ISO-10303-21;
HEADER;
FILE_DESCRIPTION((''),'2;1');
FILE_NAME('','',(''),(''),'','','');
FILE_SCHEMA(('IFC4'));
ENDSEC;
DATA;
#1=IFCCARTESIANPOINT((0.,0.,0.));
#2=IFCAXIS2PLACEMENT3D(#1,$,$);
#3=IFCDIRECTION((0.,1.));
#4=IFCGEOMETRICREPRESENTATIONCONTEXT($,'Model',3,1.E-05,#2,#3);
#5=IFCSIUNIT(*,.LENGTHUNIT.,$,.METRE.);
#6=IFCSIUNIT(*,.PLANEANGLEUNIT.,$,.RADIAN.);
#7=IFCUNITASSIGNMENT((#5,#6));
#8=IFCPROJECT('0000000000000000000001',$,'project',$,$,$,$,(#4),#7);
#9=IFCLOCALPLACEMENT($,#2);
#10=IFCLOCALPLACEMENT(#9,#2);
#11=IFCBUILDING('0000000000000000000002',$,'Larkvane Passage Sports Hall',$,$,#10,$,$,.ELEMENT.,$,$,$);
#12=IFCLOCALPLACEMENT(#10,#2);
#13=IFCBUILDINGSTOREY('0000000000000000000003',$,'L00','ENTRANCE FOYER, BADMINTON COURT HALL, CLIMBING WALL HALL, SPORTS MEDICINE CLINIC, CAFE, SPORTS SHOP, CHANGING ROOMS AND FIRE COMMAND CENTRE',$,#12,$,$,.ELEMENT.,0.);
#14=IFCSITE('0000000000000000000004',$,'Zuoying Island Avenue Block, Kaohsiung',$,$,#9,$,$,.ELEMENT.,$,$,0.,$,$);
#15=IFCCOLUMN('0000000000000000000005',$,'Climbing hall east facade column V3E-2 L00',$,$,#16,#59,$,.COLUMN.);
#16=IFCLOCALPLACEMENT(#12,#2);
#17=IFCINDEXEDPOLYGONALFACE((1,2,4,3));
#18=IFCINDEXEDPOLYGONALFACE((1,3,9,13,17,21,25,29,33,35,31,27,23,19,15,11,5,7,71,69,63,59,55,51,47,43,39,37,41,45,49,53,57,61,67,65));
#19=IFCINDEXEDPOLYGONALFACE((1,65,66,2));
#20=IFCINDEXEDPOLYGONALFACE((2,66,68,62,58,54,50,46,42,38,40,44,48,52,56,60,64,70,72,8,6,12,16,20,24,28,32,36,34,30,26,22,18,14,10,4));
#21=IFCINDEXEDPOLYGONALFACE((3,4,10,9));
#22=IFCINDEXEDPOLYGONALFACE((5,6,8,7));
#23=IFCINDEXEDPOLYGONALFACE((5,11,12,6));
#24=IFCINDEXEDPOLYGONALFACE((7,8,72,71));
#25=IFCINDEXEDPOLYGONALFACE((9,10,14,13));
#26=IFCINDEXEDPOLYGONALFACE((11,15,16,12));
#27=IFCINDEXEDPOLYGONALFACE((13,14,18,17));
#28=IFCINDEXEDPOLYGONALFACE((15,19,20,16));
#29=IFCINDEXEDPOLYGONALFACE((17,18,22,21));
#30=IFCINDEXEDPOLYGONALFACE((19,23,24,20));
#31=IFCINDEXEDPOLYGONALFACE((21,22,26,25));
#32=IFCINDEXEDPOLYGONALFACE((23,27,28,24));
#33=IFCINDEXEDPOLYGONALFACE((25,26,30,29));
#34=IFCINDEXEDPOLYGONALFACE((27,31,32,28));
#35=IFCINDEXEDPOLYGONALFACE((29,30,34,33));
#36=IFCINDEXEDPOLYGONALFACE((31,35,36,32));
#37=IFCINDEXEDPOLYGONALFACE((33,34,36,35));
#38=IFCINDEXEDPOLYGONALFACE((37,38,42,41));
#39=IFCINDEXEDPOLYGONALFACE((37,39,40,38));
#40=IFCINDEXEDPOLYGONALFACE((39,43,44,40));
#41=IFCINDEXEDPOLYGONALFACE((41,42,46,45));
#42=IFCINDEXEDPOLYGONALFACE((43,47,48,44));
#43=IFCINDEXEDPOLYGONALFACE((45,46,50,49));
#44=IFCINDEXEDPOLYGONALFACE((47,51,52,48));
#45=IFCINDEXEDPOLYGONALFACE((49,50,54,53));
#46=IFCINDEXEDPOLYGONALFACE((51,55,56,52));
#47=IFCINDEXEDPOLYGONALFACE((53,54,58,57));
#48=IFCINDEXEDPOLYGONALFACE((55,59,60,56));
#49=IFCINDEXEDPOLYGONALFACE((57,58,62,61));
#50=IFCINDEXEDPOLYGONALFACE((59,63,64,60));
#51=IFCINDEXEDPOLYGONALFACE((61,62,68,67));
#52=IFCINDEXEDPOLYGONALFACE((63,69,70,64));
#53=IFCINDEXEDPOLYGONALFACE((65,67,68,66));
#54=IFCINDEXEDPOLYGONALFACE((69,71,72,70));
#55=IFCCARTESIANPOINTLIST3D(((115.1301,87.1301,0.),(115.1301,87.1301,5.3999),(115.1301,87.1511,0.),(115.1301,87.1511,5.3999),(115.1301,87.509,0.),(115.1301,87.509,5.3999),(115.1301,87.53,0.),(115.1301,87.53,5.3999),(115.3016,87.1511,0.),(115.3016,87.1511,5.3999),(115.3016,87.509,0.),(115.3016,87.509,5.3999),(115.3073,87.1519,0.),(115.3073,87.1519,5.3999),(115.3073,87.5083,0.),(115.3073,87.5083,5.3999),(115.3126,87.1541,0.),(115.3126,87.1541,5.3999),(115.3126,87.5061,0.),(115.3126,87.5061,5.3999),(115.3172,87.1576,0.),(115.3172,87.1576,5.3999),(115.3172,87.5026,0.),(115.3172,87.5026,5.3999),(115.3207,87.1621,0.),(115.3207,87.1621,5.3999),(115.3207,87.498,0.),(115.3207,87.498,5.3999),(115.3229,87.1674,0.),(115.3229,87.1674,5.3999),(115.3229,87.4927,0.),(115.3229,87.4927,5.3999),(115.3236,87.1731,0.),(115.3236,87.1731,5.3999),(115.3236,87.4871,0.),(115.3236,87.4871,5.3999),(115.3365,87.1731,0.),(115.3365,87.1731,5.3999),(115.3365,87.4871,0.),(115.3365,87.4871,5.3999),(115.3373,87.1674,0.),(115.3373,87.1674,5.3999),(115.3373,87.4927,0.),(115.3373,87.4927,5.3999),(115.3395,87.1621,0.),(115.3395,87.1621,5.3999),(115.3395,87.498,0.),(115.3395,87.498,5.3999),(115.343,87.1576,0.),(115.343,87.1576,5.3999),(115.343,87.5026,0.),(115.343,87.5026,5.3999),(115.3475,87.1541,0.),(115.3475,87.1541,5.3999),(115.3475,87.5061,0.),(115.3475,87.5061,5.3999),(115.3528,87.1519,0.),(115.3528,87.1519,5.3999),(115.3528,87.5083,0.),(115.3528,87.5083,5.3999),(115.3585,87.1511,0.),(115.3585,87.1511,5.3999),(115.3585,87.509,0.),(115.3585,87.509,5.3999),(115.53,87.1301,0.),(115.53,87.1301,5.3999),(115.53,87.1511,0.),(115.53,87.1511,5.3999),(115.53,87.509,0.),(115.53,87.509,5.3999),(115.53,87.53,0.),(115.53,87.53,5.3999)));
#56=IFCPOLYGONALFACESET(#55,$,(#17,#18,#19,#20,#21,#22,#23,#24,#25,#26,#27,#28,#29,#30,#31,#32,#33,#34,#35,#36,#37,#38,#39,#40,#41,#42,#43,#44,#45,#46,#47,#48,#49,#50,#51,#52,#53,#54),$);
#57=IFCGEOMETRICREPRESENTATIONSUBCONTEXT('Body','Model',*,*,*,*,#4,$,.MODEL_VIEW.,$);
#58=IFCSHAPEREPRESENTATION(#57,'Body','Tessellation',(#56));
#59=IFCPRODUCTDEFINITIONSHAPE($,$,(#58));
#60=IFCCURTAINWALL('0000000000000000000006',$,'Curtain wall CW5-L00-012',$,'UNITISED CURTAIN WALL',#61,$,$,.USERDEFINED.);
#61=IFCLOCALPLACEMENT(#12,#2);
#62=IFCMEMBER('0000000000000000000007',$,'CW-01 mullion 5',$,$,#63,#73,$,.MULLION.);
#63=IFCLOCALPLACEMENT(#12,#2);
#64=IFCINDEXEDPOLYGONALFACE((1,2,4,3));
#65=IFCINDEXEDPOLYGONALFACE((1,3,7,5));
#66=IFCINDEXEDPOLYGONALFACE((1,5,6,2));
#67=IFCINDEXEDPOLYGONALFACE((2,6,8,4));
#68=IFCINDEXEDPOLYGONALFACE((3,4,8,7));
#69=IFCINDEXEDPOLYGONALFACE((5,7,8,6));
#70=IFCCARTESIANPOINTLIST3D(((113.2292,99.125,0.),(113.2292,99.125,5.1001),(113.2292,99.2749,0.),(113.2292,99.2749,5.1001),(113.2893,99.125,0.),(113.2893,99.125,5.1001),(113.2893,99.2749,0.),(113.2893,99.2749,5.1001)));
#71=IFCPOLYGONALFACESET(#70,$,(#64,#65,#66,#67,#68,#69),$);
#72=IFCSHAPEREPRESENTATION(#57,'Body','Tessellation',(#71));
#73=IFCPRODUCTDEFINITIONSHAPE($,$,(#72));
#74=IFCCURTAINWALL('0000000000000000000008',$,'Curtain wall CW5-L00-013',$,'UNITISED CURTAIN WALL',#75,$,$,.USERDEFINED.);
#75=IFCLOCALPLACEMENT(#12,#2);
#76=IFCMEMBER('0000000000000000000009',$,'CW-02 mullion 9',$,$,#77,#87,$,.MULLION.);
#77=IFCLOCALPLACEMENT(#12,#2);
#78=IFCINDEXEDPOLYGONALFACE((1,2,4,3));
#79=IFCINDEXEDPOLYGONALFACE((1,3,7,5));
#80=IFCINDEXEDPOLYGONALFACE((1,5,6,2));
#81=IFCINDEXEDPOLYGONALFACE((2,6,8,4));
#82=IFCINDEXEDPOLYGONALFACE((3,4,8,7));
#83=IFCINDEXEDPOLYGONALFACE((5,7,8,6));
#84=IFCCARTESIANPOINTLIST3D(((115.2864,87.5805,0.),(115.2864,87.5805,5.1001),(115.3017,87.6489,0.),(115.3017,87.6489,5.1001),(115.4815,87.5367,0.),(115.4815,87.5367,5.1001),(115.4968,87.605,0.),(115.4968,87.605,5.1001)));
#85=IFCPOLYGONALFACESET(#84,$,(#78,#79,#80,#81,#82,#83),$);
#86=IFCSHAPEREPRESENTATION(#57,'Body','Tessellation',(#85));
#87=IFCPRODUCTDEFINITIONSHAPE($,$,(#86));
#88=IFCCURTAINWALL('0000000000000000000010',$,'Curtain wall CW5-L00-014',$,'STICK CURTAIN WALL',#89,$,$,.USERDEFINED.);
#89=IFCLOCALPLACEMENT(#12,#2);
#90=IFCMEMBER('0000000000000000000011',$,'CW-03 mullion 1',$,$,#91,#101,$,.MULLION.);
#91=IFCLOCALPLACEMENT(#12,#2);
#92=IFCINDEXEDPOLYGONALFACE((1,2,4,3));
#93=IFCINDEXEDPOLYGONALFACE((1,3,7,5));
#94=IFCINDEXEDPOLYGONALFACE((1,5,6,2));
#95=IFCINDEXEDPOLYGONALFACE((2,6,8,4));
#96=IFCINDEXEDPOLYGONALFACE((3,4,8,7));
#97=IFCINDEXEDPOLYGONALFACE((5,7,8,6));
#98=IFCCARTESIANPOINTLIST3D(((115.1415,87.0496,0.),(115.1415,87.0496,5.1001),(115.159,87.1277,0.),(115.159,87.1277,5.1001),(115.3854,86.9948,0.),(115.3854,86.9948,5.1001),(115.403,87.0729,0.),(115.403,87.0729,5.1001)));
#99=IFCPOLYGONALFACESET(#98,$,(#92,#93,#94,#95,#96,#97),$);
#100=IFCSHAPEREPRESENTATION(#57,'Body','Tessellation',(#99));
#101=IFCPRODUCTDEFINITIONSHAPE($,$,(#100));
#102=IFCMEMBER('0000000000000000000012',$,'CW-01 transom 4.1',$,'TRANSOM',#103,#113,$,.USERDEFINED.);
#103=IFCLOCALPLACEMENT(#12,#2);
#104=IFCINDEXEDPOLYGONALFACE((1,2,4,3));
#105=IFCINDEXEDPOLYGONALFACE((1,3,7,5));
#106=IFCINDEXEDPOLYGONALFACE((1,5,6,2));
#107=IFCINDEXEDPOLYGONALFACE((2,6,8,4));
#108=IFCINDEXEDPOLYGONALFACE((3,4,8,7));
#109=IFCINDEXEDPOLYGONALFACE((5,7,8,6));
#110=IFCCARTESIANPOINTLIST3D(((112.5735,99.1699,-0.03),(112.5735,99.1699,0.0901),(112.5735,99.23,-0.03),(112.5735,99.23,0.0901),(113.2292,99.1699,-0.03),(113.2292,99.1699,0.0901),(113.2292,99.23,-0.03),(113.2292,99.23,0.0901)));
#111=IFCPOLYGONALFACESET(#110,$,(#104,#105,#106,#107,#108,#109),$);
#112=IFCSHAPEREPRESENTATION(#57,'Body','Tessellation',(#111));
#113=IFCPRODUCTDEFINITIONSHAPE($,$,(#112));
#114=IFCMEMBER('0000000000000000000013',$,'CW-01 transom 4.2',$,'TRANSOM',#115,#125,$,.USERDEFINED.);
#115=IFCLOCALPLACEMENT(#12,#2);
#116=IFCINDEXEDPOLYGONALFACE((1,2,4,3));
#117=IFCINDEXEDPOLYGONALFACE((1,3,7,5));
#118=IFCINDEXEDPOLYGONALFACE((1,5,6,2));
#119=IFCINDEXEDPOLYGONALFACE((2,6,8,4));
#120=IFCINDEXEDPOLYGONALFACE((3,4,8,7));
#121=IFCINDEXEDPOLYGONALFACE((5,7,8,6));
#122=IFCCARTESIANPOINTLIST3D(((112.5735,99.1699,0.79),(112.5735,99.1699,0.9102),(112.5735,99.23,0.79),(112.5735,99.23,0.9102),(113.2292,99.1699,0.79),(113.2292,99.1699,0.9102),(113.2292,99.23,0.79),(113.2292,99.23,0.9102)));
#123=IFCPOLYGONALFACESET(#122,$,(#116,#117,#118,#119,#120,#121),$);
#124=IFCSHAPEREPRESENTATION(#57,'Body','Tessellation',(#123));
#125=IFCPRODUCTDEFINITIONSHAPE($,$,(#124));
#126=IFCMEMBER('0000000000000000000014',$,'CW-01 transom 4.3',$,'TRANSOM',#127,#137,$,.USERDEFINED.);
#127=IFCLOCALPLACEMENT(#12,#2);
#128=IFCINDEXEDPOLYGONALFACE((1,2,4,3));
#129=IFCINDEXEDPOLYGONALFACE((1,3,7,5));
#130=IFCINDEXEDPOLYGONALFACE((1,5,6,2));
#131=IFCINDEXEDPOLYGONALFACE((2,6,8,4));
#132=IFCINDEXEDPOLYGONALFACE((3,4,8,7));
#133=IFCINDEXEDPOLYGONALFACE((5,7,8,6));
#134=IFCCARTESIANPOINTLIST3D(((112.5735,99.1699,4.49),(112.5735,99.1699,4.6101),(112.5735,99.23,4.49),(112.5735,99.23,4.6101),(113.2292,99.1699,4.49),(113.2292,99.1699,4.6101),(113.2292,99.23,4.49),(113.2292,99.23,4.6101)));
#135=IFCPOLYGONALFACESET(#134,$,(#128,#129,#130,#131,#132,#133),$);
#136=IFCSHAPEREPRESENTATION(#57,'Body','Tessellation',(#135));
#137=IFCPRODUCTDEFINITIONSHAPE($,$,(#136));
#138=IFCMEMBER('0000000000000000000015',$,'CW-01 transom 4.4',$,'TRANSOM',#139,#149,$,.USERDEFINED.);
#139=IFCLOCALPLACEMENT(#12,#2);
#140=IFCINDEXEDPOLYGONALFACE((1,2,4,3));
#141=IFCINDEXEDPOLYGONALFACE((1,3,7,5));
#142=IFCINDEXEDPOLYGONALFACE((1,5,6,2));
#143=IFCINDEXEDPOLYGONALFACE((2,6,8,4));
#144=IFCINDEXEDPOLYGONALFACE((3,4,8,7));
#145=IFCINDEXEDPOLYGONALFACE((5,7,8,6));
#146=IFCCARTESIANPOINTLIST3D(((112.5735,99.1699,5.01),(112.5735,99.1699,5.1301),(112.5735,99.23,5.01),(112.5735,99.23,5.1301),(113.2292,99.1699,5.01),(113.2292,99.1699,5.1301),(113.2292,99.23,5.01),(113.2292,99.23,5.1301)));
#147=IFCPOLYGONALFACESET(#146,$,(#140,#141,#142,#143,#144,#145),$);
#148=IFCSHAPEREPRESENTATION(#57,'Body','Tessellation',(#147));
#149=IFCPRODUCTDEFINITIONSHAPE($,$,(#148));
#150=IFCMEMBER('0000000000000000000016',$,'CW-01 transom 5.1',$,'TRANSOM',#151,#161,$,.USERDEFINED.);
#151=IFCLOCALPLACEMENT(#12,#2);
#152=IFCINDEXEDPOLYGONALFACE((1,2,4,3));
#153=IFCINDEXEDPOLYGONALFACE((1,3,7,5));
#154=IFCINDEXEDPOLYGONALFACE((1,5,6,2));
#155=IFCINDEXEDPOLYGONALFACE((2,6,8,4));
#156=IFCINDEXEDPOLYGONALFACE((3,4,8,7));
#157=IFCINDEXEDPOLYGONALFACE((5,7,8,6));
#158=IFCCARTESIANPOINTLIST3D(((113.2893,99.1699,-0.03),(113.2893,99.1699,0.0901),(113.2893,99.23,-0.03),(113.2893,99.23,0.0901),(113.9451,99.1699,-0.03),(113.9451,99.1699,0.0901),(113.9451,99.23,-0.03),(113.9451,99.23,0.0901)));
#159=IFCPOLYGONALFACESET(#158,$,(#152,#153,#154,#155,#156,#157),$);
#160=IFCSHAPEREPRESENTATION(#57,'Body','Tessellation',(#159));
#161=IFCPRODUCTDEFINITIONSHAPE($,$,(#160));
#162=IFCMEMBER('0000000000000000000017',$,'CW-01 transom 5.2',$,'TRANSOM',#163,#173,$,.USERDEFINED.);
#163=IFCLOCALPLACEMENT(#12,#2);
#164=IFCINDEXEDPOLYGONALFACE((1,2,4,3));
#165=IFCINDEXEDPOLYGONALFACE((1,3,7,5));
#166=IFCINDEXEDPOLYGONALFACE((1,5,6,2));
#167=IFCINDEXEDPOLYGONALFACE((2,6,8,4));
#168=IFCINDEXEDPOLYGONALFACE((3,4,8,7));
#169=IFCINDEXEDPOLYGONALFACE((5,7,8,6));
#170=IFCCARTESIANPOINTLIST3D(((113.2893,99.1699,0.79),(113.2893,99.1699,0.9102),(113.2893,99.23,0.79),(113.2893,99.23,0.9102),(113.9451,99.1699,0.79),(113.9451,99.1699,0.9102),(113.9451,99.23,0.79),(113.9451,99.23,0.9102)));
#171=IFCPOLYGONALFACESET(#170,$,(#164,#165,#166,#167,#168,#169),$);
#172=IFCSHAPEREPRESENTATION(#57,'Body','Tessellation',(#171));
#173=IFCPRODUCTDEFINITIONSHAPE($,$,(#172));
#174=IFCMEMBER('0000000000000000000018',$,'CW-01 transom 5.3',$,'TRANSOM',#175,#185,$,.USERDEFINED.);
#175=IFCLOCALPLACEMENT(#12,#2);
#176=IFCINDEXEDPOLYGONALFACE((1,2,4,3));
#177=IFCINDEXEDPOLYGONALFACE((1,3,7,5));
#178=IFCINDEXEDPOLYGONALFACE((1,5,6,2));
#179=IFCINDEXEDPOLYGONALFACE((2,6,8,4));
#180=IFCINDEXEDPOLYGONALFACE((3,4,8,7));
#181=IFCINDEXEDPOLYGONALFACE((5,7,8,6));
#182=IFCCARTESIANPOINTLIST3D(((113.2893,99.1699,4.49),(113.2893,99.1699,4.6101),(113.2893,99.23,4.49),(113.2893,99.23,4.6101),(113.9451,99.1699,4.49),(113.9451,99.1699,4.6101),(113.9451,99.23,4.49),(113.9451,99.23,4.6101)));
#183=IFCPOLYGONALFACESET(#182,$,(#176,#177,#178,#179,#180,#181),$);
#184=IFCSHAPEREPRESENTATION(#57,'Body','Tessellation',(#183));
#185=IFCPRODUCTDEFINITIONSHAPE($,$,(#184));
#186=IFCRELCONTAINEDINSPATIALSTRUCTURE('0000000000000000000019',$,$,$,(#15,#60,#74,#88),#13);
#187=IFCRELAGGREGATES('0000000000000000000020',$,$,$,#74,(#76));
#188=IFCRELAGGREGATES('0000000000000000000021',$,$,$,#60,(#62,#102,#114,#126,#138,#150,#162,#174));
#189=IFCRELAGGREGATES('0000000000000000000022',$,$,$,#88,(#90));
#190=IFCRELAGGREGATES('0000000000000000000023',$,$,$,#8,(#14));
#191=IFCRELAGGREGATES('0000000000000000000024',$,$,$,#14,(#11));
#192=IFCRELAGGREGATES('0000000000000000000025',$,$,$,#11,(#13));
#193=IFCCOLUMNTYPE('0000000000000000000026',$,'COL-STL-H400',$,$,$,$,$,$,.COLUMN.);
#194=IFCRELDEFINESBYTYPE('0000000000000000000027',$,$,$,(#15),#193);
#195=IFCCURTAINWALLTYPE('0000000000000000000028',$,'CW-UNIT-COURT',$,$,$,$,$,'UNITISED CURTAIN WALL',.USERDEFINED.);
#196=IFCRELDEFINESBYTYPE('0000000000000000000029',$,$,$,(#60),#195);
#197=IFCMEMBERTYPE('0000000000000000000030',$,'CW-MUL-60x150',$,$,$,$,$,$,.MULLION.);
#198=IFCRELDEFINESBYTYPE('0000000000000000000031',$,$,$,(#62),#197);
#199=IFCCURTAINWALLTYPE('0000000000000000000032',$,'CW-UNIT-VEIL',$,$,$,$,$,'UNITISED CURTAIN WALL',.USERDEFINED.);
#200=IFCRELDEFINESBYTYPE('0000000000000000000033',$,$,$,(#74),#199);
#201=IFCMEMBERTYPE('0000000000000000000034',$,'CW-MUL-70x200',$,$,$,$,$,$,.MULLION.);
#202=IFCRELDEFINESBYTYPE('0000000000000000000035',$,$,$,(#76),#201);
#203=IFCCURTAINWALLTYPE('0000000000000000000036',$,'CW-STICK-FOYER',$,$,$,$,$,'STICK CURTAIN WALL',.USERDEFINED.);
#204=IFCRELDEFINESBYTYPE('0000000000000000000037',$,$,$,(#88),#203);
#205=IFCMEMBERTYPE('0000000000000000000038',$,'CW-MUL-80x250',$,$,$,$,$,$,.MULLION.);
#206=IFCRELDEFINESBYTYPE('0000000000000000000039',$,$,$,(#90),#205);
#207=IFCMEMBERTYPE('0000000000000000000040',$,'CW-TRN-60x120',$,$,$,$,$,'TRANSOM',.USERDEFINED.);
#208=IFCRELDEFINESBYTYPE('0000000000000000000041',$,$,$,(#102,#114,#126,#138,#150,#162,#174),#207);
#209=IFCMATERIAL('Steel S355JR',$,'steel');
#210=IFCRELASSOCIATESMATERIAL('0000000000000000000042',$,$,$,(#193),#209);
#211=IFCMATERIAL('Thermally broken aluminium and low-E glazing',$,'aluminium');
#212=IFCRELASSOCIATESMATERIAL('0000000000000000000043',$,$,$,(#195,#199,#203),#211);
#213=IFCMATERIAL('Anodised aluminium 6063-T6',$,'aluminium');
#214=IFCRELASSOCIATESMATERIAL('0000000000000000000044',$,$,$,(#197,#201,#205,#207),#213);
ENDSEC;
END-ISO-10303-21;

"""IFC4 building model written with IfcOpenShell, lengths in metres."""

from ifc_helpers import new_model, si_unit, direction, frame, origin, origin_2d, place, context, subcontext, project, spatial, rectangle, i_section, extrude, material, material_profile, profile_set, type_object, element, aggregate, save


model = new_model("IFC4")

# Units and contexts
model_context = context("Model", 3, precision=1e-05, world=origin(), true_north=direction((0.0, 1.0)))
body_context = subcontext(model_context, "Body", "Model", "MODEL_VIEW")
ifc_project = project(units=[si_unit("LENGTHUNIT", "METRE"), si_unit("PLANEANGLEUNIT", "RADIAN")], contexts=[model_context])

# Site, building, storey
site_placement = place(None, origin())
site = spatial("IfcSite", under=ifc_project, at=site_placement, Name="Zuoying Island Avenue Block, Kaohsiung", CompositionType="ELEMENT", RefElevation=0.0)
building_placement = place(site_placement, origin())
building = spatial("IfcBuilding", under=site, at=building_placement, Name="Larkvane Passage Sports Hall", CompositionType="ELEMENT")
storey_placement = place(building_placement, origin())
storey = spatial("IfcBuildingStorey", under=building, at=storey_placement, Name="L00", Description="ENTRANCE FOYER, BADMINTON COURT HALL, CLIMBING WALL HALL, SPORTS MEDICINE CLINIC, CAFE, SPORTS SHOP, CHANGING ROOMS AND FIRE COMMAND CENTRE", CompositionType="ELEMENT", Elevation=0.0)

# Column
ifc_material_1 = material(Name="Steel S355JR", Category="steel")
ifc_material_profile_1 = material_profile(ifc_material_1, i_section(OverallWidth=0.3999, OverallDepth=0.3999, WebThickness=0.0129, FlangeThickness=0.021, FilletRadius=0.022, at=origin_2d()), Name="H-400x400x13x21")
ifc_profile_set_1 = profile_set([ifc_material_profile_1], Name="Steel S355JR")
column_type = type_object("IfcColumnType", Name="COL-STL-H400", PredefinedType="COLUMN", material=ifc_profile_set_1)
column_placement = place(storey_placement, frame((115.3301, 87.3301, 0.0), z_axis=(0.0, 0.0, 1.0), x_axis=(1.0, 0.0, 0.0)))
element("IfcColumn", 1, at=column_placement, inside=storey, type_object=column_type, Name="Climbing hall east facade column V3E-2 L00", PredefinedType="COLUMN", context=body_context, shape_type="SweptSolid", body=[
    extrude(i_section(OverallWidth=0.3999, OverallDepth=0.3999, WebThickness=0.0129, FlangeThickness=0.021, FilletRadius=0.022, at=origin_2d()), origin(), (0.0, 0.0, 1.0), 5.3999),
])

# Curtain walls, members
ifc_material_2 = material(Name="Thermally broken aluminium and low-E glazing", Category="aluminium")
curtain_wall_type_1 = type_object("IfcCurtainWallType", Name="CW-UNIT-COURT", ElementType="UNITISED CURTAIN WALL", PredefinedType="USERDEFINED", material=ifc_material_2)
curtain_wall_1_placement = place(storey_placement, origin())
curtain_wall_1 = element("IfcCurtainWall", 2, at=curtain_wall_1_placement, inside=storey, type_object=curtain_wall_type_1, Name="Curtain wall CW5-L00-012", ObjectType="UNITISED CURTAIN WALL", PredefinedType="USERDEFINED")
ifc_material_3 = material(Name="Anodised aluminium 6063-T6", Category="aluminium")
ifc_material_profile_2 = material_profile(ifc_material_3, rectangle(XDim=0.0601, YDim=0.1499, at=origin_2d()), Name="ALU-MUL-60x150")
ifc_profile_set_2 = profile_set([ifc_material_profile_2], Name="Anodised aluminium 6063-T6")
member_type_1 = type_object("IfcMemberType", Name="CW-MUL-60x150", PredefinedType="MULLION", material=ifc_profile_set_2)
member_1_placement = place(storey_placement, frame((113.2593, 99.2, 0.0), z_axis=(0.0, 0.0, 1.0), x_axis=(1.0, 0.0, 0.0)))
member_1 = element("IfcMember", 3, at=member_1_placement, type_object=member_type_1, Name="CW-01 mullion 5", PredefinedType="MULLION", context=body_context, shape_type="SweptSolid", body=[
    extrude(rectangle(XDim=0.0601, YDim=0.1499, at=origin_2d()), origin(), (0.0, 0.0, 1.0), 5.1001),
])
curtain_wall_type_2 = type_object("IfcCurtainWallType", Name="CW-UNIT-VEIL", ElementType="UNITISED CURTAIN WALL", PredefinedType="USERDEFINED", material=ifc_material_2)
curtain_wall_2_placement = place(storey_placement, origin())
curtain_wall_2 = element("IfcCurtainWall", 4, at=curtain_wall_2_placement, inside=storey, type_object=curtain_wall_type_2, Name="Curtain wall CW5-L00-013", ObjectType="UNITISED CURTAIN WALL", PredefinedType="USERDEFINED")
ifc_material_profile_3 = material_profile(ifc_material_3, rectangle(XDim=0.0701, YDim=0.2, at=origin_2d()), Name="ALU-MUL-70x200")
ifc_profile_set_3 = profile_set([ifc_material_profile_3], Name="Anodised aluminium 6063-T6")
member_type_2 = type_object("IfcMemberType", Name="CW-MUL-70x200", PredefinedType="MULLION", material=ifc_profile_set_3)
member_2_placement = place(storey_placement, frame((115.3916, 87.5928, 0.0), z_axis=(0.0, 0.0, 1.0), x_axis=(-0.219244, -0.97567, 0.0)))
member_2 = element("IfcMember", 5, at=member_2_placement, type_object=member_type_2, Name="CW-02 mullion 9", PredefinedType="MULLION", context=body_context, shape_type="SweptSolid", body=[
    extrude(rectangle(XDim=0.0701, YDim=0.2, at=origin_2d()), origin(), (0.0, 0.0, 1.0), 5.1001),
])
aggregate(curtain_wall_2, [member_2])
curtain_wall_type_3 = type_object("IfcCurtainWallType", Name="CW-STICK-FOYER", ElementType="STICK CURTAIN WALL", PredefinedType="USERDEFINED", material=ifc_material_2)
curtain_wall_3_placement = place(storey_placement, origin())
curtain_wall_3 = element("IfcCurtainWall", 6, at=curtain_wall_3_placement, inside=storey, type_object=curtain_wall_type_3, Name="Curtain wall CW5-L00-014", ObjectType="STICK CURTAIN WALL", PredefinedType="USERDEFINED")
ifc_material_profile_4 = material_profile(ifc_material_3, rectangle(XDim=0.0801, YDim=0.25, at=origin_2d()), Name="ALU-MUL-80x250")
ifc_profile_set_4 = profile_set([ifc_material_profile_4], Name="Anodised aluminium 6063-T6")
member_type_3 = type_object("IfcMemberType", Name="CW-MUL-80x250", PredefinedType="MULLION", material=ifc_profile_set_4)
member_3_placement = place(storey_placement, frame((115.2722, 87.0613, 0.0), z_axis=(0.0, 0.0, 1.0), x_axis=(-0.219244, -0.97567, 0.0)))
member_3 = element("IfcMember", 7, at=member_3_placement, type_object=member_type_3, Name="CW-03 mullion 1", PredefinedType="MULLION", context=body_context, shape_type="SweptSolid", body=[
    extrude(rectangle(XDim=0.0801, YDim=0.25, at=origin_2d()), origin(), (0.0, 0.0, 1.0), 5.1001),
])

# Members
ifc_material_profile_5 = material_profile(ifc_material_3, rectangle(XDim=0.0601, YDim=0.1201, at=origin_2d()), Name="ALU-TRN-60x120")
ifc_profile_set_5 = profile_set([ifc_material_profile_5], Name="Anodised aluminium 6063-T6")
member_type_4 = type_object("IfcMemberType", Name="CW-TRN-60x120", ElementType="TRANSOM", PredefinedType="USERDEFINED", material=ifc_profile_set_5)
member_4_placement = place(storey_placement, frame((112.5735, 99.2, 0.03), z_axis=(1.0, 0.0, 0.0), x_axis=(0.0, 1.0, 0.0)))
member_4 = element("IfcMember", 8, at=member_4_placement, type_object=member_type_4, Name="CW-01 transom 4.1", ObjectType="TRANSOM", PredefinedType="USERDEFINED", context=body_context, shape_type="SweptSolid", body=[
    extrude(rectangle(XDim=0.0601, YDim=0.1201, at=origin_2d()), origin(), (0.0, 0.0, 1.0), 0.6558),
])
member_5_placement = place(storey_placement, frame((112.5735, 99.2, 0.8501), z_axis=(1.0, 0.0, 0.0), x_axis=(0.0, 1.0, 0.0)))
member_5 = element("IfcMember", 9, at=member_5_placement, type_object=member_type_4, Name="CW-01 transom 4.2", ObjectType="TRANSOM", PredefinedType="USERDEFINED", context=body_context, shape_type="SweptSolid", body=[
    extrude(rectangle(XDim=0.0601, YDim=0.1201, at=origin_2d()), origin(), (0.0, 0.0, 1.0), 0.6558),
])
member_6_placement = place(storey_placement, frame((112.5735, 99.2, 4.55), z_axis=(1.0, 0.0, 0.0), x_axis=(0.0, 1.0, 0.0)))
member_6 = element("IfcMember", 10, at=member_6_placement, type_object=member_type_4, Name="CW-01 transom 4.3", ObjectType="TRANSOM", PredefinedType="USERDEFINED", context=body_context, shape_type="SweptSolid", body=[
    extrude(rectangle(XDim=0.0601, YDim=0.1201, at=origin_2d()), origin(), (0.0, 0.0, 1.0), 0.6558),
])
member_7_placement = place(storey_placement, frame((112.5735, 99.2, 5.0701), z_axis=(1.0, 0.0, 0.0), x_axis=(0.0, 1.0, 0.0)))
member_7 = element("IfcMember", 11, at=member_7_placement, type_object=member_type_4, Name="CW-01 transom 4.4", ObjectType="TRANSOM", PredefinedType="USERDEFINED", context=body_context, shape_type="SweptSolid", body=[
    extrude(rectangle(XDim=0.0601, YDim=0.1201, at=origin_2d()), origin(), (0.0, 0.0, 1.0), 0.6558),
])
member_8_placement = place(storey_placement, frame((113.2893, 99.2, 0.03), z_axis=(1.0, 0.0, 0.0), x_axis=(0.0, 1.0, 0.0)))
member_8 = element("IfcMember", 12, at=member_8_placement, type_object=member_type_4, Name="CW-01 transom 5.1", ObjectType="TRANSOM", PredefinedType="USERDEFINED", context=body_context, shape_type="SweptSolid", body=[
    extrude(rectangle(XDim=0.0601, YDim=0.1201, at=origin_2d()), origin(), (0.0, 0.0, 1.0), 0.6558),
])
member_9_placement = place(storey_placement, frame((113.2893, 99.2, 0.8501), z_axis=(1.0, 0.0, 0.0), x_axis=(0.0, 1.0, 0.0)))
member_9 = element("IfcMember", 13, at=member_9_placement, type_object=member_type_4, Name="CW-01 transom 5.2", ObjectType="TRANSOM", PredefinedType="USERDEFINED", context=body_context, shape_type="SweptSolid", body=[
    extrude(rectangle(XDim=0.0601, YDim=0.1201, at=origin_2d()), origin(), (0.0, 0.0, 1.0), 0.6558),
])
member_10_placement = place(storey_placement, frame((113.2893, 99.2, 4.55), z_axis=(1.0, 0.0, 0.0), x_axis=(0.0, 1.0, 0.0)))
member_10 = element("IfcMember", 14, at=member_10_placement, type_object=member_type_4, Name="CW-01 transom 5.3", ObjectType="TRANSOM", PredefinedType="USERDEFINED", context=body_context, shape_type="SweptSolid", body=[
    extrude(rectangle(XDim=0.0601, YDim=0.1201, at=origin_2d()), origin(), (0.0, 0.0, 1.0), 0.6558),
])

aggregate(curtain_wall_1, [member_1, member_4, member_5, member_6, member_7, member_8, member_9, member_10])
aggregate(curtain_wall_3, [member_3])

save(model, "model.ifc")
